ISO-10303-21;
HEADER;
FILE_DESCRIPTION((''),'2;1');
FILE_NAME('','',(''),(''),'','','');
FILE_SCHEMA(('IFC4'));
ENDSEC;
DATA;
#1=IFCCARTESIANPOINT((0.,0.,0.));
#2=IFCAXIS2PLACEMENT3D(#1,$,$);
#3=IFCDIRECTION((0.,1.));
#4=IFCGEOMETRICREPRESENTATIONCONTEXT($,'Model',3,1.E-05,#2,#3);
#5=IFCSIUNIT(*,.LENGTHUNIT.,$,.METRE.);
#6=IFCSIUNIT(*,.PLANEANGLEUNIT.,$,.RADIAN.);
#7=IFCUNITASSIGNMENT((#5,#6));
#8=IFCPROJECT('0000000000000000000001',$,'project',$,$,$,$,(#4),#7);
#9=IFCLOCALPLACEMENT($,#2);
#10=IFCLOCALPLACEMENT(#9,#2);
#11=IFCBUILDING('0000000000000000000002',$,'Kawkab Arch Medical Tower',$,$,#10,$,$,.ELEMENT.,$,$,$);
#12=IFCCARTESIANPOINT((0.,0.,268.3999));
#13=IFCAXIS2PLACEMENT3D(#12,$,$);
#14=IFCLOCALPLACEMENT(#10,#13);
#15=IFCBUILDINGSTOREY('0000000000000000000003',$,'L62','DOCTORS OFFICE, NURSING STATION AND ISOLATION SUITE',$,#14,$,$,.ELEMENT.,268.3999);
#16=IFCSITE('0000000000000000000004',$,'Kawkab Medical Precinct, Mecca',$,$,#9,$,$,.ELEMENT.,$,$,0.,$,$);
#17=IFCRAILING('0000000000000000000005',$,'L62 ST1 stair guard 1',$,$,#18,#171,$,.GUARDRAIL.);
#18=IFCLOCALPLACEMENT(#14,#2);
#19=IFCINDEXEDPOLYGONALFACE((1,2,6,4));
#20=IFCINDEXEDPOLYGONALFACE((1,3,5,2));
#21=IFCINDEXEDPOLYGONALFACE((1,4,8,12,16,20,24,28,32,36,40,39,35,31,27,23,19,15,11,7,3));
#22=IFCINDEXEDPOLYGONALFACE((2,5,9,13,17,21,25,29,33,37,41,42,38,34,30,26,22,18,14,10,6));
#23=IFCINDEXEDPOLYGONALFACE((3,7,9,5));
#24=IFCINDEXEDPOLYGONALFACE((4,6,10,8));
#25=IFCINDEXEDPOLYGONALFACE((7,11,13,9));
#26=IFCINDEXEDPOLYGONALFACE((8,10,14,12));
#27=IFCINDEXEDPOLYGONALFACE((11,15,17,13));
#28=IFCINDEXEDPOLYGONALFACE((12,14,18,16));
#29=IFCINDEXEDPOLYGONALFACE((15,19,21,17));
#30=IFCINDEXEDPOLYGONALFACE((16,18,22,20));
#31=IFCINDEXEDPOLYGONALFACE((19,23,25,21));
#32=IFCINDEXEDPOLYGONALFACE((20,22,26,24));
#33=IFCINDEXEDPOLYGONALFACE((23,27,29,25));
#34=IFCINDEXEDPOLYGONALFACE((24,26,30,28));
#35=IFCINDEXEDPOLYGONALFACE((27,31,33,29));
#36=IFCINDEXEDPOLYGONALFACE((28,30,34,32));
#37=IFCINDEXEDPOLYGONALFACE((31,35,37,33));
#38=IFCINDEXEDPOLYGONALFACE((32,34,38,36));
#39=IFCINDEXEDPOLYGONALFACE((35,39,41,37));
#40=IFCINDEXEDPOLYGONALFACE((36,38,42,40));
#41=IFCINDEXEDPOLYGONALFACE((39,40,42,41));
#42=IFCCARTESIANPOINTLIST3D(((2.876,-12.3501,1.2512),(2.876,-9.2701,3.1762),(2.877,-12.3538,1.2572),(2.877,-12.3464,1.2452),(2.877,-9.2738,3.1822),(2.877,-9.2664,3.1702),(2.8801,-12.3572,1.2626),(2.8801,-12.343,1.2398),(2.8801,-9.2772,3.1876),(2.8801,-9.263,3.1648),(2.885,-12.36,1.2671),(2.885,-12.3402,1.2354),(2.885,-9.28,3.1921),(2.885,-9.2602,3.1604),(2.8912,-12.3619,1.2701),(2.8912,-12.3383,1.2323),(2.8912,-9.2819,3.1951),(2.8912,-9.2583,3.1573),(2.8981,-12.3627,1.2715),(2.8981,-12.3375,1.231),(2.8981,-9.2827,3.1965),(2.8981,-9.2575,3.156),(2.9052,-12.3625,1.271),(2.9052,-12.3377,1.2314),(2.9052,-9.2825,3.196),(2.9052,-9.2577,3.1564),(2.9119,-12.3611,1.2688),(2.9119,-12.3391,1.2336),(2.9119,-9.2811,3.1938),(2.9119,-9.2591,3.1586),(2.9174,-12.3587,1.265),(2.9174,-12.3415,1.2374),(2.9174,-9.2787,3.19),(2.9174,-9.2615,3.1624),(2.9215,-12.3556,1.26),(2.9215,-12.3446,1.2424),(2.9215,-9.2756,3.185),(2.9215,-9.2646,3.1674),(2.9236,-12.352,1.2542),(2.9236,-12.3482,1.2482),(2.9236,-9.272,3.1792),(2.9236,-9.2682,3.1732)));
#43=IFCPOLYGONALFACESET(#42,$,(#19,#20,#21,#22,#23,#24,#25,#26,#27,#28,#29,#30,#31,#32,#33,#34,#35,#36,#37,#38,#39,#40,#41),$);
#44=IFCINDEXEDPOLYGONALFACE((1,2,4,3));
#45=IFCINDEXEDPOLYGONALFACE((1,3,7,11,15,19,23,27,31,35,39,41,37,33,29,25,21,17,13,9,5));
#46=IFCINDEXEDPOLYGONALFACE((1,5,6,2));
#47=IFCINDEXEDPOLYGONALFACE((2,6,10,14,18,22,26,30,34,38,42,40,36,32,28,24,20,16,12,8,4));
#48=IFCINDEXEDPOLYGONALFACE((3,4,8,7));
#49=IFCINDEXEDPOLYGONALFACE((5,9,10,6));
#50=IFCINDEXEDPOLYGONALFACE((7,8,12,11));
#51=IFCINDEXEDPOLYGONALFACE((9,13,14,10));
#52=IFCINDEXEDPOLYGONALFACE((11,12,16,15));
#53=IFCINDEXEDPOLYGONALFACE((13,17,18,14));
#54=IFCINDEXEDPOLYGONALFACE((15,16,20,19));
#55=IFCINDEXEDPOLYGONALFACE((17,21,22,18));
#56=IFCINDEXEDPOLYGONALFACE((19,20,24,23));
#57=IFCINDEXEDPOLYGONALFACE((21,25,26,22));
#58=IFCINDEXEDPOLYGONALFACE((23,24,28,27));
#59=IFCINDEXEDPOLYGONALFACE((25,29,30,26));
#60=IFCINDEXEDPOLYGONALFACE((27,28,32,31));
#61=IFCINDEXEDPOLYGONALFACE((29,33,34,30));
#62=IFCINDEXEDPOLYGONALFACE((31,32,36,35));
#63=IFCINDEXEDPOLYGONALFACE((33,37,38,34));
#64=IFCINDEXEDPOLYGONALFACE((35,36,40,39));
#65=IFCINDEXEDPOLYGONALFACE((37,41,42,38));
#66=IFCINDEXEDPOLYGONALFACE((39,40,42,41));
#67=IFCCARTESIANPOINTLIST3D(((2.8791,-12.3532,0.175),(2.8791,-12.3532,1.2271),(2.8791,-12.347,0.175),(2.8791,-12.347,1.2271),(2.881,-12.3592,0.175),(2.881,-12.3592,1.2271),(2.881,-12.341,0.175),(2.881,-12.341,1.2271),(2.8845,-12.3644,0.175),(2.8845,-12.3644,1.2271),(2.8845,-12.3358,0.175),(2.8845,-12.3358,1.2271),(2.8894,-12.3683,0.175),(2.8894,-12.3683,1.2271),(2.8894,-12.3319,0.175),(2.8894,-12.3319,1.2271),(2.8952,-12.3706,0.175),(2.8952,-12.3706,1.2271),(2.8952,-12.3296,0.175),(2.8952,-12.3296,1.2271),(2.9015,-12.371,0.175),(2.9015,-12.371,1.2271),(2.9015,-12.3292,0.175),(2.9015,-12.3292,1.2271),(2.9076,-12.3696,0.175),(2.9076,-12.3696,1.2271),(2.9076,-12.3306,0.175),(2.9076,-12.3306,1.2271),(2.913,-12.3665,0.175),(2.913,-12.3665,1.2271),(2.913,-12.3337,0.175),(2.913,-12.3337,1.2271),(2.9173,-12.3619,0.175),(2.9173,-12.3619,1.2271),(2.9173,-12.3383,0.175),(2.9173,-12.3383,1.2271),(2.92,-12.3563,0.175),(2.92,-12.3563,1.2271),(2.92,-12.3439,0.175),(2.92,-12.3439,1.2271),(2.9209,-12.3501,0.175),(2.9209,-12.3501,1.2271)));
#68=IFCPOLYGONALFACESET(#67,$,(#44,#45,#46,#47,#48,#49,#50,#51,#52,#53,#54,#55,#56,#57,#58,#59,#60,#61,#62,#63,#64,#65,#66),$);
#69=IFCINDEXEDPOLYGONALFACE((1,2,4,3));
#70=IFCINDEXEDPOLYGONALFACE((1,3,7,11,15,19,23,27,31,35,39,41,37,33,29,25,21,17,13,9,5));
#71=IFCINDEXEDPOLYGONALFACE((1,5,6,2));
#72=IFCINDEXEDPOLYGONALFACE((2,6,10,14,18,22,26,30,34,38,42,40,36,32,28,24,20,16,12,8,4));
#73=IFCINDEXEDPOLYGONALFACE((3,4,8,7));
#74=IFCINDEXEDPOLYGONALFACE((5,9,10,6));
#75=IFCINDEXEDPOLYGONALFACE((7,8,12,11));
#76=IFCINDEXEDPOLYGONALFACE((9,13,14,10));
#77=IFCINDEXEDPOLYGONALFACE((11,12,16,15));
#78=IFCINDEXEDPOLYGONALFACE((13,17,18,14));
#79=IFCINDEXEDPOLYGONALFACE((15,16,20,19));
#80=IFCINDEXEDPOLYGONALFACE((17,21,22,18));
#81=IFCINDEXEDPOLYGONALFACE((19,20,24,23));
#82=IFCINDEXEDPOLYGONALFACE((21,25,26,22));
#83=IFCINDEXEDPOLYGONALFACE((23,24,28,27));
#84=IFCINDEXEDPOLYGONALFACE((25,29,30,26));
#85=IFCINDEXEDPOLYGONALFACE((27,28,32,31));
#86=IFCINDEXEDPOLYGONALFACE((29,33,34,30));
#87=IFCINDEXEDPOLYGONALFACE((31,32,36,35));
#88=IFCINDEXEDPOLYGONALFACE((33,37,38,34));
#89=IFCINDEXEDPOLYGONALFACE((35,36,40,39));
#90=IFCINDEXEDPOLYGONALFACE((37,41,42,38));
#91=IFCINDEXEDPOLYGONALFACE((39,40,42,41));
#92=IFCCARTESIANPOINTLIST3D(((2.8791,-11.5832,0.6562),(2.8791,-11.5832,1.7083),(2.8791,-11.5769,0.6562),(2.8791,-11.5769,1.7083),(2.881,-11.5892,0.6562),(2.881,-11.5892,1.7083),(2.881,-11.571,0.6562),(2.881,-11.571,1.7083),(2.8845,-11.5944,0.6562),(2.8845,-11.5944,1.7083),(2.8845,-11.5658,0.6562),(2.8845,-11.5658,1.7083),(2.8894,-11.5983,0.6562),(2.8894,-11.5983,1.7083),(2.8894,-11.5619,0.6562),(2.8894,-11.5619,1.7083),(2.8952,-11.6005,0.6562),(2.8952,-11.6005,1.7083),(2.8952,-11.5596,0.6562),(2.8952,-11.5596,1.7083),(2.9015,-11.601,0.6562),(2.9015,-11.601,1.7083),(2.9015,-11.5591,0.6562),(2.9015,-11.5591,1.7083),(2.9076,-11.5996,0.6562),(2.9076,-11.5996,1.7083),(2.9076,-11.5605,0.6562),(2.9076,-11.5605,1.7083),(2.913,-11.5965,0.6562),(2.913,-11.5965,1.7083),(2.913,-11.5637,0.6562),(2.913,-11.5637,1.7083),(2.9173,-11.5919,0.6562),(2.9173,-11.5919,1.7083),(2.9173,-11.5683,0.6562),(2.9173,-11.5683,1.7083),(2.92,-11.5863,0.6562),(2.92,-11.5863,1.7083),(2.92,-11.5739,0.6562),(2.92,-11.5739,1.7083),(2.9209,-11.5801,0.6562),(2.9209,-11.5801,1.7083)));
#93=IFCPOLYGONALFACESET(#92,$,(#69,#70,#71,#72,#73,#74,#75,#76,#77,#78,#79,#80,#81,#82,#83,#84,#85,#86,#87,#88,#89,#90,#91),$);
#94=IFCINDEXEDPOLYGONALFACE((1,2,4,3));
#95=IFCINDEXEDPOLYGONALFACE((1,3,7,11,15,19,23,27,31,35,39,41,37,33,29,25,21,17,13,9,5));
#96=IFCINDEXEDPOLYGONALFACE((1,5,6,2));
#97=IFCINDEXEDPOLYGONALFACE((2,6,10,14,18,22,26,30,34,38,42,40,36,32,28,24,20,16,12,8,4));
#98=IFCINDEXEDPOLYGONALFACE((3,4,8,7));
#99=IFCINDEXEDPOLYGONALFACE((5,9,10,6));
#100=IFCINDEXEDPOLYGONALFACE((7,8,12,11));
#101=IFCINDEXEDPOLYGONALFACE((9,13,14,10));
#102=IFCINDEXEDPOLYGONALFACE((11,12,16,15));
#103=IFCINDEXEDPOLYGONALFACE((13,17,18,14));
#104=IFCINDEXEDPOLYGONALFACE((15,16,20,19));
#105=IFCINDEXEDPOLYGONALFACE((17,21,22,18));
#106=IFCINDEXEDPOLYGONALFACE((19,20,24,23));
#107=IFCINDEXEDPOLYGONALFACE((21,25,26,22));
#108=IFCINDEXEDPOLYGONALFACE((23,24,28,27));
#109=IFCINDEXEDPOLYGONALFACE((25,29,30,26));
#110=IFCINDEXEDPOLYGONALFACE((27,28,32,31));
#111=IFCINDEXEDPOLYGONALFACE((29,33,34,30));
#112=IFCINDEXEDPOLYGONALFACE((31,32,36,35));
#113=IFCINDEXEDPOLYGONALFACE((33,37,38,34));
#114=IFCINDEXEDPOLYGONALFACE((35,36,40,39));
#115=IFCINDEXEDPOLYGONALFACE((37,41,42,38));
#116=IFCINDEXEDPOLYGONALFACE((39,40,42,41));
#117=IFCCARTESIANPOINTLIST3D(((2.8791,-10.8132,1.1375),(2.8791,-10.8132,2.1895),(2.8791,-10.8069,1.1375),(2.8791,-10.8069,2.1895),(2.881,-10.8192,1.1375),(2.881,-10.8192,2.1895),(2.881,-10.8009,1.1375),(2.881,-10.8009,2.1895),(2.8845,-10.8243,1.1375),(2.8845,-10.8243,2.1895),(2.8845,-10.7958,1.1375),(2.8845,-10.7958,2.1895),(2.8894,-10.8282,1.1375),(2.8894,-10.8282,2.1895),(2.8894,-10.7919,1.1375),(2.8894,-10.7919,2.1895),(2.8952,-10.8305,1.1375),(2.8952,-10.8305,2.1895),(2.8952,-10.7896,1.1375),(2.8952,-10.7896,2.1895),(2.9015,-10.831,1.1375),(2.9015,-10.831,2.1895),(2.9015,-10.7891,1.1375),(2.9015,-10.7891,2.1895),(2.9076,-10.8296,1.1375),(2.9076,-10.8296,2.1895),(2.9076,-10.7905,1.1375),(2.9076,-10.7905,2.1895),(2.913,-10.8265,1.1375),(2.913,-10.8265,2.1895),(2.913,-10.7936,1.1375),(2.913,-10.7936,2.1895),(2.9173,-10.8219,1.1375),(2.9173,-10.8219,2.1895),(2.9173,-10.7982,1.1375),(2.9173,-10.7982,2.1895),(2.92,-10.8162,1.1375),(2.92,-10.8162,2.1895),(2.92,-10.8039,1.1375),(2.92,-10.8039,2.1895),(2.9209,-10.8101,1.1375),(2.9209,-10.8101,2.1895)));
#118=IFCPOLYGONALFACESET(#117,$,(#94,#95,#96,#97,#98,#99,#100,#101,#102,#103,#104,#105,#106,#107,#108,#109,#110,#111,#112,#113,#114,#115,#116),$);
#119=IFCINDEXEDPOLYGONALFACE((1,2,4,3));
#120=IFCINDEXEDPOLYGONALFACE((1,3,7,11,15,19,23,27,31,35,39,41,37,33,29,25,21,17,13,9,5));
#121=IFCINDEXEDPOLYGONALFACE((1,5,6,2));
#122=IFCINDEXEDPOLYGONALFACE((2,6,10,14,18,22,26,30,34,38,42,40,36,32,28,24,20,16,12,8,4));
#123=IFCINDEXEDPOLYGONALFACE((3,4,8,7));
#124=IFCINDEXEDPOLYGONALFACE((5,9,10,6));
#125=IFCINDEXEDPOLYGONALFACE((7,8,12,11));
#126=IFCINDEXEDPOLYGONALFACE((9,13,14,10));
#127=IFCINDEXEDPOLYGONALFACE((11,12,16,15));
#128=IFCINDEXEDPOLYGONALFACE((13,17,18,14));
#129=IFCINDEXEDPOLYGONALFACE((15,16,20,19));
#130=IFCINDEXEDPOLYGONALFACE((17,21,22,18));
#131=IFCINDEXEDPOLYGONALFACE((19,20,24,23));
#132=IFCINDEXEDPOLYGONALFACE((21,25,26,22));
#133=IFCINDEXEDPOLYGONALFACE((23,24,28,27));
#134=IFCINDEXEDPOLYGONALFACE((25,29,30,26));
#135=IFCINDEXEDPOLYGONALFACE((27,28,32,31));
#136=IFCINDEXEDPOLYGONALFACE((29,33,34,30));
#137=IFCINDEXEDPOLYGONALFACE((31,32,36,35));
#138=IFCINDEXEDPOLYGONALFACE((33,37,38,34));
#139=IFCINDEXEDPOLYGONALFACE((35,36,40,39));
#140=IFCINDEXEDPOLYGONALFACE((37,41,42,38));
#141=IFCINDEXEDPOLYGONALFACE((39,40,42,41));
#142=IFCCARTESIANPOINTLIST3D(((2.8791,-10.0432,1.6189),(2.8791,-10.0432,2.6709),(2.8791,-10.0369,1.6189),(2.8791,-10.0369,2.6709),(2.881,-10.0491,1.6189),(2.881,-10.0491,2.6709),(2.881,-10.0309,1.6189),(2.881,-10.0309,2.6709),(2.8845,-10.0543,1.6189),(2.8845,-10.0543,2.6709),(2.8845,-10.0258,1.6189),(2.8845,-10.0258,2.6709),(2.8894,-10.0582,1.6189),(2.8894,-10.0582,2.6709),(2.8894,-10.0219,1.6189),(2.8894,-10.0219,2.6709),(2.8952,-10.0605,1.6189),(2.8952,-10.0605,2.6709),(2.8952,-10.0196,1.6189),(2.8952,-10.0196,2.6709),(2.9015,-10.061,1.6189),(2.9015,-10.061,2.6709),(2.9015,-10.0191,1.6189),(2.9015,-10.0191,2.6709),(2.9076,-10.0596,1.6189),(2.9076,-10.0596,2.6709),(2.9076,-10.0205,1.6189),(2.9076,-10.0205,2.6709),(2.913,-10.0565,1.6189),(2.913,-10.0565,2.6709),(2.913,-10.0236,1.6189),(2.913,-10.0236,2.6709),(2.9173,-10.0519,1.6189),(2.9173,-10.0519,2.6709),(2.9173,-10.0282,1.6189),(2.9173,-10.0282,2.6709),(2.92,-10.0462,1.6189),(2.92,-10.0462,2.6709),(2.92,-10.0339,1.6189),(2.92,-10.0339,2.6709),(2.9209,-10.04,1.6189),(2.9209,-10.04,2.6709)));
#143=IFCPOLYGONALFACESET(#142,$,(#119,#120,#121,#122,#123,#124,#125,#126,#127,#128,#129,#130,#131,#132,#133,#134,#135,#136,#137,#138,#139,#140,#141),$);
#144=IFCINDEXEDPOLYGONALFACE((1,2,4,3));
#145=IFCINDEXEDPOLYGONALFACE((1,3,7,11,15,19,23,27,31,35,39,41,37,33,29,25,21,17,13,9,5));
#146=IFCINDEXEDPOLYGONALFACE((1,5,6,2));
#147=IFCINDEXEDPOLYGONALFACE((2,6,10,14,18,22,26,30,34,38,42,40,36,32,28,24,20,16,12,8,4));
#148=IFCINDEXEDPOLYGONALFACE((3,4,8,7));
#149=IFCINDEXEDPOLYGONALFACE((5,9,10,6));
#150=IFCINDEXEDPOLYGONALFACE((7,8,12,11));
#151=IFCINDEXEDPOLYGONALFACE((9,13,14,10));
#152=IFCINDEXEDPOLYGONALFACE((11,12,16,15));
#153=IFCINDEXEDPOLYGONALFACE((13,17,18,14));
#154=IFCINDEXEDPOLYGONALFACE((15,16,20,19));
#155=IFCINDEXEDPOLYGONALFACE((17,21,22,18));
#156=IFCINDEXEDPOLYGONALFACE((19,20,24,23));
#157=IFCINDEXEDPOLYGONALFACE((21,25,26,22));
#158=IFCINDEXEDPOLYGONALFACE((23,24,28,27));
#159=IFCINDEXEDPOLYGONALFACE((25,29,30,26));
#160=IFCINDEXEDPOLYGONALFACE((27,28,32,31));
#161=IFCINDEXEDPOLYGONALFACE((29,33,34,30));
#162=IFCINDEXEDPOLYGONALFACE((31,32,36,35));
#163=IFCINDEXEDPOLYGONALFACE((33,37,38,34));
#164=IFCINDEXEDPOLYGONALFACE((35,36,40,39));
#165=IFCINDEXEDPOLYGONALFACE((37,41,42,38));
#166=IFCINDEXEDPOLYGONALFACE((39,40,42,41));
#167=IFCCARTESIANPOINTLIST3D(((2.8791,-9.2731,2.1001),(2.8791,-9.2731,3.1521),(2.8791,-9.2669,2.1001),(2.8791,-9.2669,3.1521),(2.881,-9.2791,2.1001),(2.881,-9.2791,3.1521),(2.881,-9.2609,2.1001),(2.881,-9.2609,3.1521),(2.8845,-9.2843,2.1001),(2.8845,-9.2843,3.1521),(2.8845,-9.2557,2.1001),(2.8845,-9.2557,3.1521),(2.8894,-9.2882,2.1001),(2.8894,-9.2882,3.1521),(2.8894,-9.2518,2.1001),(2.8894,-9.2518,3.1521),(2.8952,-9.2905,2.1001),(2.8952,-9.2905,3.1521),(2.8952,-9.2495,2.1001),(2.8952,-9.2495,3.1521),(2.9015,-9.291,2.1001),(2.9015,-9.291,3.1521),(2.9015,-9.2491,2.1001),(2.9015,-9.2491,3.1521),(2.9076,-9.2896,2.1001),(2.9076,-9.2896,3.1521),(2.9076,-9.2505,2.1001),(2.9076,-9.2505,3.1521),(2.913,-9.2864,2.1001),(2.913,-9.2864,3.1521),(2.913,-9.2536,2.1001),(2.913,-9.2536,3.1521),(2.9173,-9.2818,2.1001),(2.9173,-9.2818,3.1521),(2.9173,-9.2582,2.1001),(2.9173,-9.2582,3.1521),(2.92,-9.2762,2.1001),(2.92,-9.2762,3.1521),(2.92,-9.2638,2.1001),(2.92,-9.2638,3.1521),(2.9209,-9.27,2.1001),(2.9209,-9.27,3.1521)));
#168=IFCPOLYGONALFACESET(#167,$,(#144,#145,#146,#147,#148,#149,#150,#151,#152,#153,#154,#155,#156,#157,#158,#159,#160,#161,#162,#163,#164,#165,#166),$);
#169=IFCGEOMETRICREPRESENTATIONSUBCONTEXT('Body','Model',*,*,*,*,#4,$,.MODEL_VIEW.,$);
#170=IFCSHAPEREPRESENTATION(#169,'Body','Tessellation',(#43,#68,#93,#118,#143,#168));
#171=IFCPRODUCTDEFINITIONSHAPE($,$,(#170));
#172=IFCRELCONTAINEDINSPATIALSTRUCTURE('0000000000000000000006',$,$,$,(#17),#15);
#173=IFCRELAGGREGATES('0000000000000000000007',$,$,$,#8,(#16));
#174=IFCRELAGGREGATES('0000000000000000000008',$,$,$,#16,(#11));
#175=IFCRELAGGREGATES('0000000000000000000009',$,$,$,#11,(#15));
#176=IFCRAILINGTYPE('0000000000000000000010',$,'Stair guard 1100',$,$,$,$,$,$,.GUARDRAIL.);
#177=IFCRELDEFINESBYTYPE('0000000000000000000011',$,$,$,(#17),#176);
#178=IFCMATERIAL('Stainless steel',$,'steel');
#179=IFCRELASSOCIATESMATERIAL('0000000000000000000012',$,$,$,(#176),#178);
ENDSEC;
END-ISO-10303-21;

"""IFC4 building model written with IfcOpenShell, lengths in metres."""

from ifc_helpers import new_model, si_unit, direction, frame, origin, origin_2d, place, context, subcontext, project, spatial, circle, extrude, material, type_object, element, save


model = new_model("IFC4")

# Units and contexts
model_context = context("Model", 3, precision=1e-05, world=origin(), true_north=direction((0.0, 1.0)))
body_context = subcontext(model_context, "Body", "Model", "MODEL_VIEW")
ifc_project = project(units=[si_unit("LENGTHUNIT", "METRE"), si_unit("PLANEANGLEUNIT", "RADIAN")], contexts=[model_context])

# Site, building, storey
site_placement = place(None, origin())
site = spatial("IfcSite", under=ifc_project, at=site_placement, Name="Kawkab Medical Precinct, Mecca", CompositionType="ELEMENT", RefElevation=0.0)
building_placement = place(site_placement, origin())
building = spatial("IfcBuilding", under=site, at=building_placement, Name="Kawkab Arch Medical Tower", CompositionType="ELEMENT")
storey_placement = place(building_placement, frame((0.0, 0.0, 268.3999)))
storey = spatial("IfcBuildingStorey", under=building, at=storey_placement, Name="L62", Description="DOCTORS OFFICE, NURSING STATION AND ISOLATION SUITE", CompositionType="ELEMENT", Elevation=268.3999)

# Railing
ifc_material_1 = material(Name="Stainless steel", Category="steel")
railing_type_1 = type_object("IfcRailingType", Name="Stair guard 1100", PredefinedType="GUARDRAIL", material=ifc_material_1)
railing_1_placement = place(storey_placement, frame((2.8999, -12.3501, 0.175)))
element("IfcRailing", 1, at=railing_1_placement, inside=storey, type_object=railing_type_1, Name="L62 ST1 stair guard 1", PredefinedType="GUARDRAIL", context=body_context, shape_type="SweptSolid", body=[
    extrude(circle(Radius=0.0239, at=origin_2d()), frame((0.0, 0.0, 1.0762), z_axis=(0.0, 0.847998, 0.529999), x_axis=(-1.0, 0.0, 0.0)), (0.0, 0.0, 1.0), 3.6321),
    extrude(circle(Radius=0.021, at=origin_2d()), origin(), (0.0, 0.0, 1.0), 1.052),
    extrude(circle(Radius=0.021, at=origin_2d()), frame((0.0, 0.77, 0.4812)), (0.0, 0.0, 1.0), 1.052),
    extrude(circle(Radius=0.021, at=origin_2d()), frame((0.0, 1.54, 0.9624)), (0.0, 0.0, 1.0), 1.052),
    extrude(circle(Radius=0.021, at=origin_2d()), frame((0.0, 2.3101, 1.4438)), (0.0, 0.0, 1.0), 1.052),
    extrude(circle(Radius=0.021, at=origin_2d()), frame((0.0, 3.0801, 1.925)), (0.0, 0.0, 1.0), 1.052),
])

save(model, "model.ifc")
